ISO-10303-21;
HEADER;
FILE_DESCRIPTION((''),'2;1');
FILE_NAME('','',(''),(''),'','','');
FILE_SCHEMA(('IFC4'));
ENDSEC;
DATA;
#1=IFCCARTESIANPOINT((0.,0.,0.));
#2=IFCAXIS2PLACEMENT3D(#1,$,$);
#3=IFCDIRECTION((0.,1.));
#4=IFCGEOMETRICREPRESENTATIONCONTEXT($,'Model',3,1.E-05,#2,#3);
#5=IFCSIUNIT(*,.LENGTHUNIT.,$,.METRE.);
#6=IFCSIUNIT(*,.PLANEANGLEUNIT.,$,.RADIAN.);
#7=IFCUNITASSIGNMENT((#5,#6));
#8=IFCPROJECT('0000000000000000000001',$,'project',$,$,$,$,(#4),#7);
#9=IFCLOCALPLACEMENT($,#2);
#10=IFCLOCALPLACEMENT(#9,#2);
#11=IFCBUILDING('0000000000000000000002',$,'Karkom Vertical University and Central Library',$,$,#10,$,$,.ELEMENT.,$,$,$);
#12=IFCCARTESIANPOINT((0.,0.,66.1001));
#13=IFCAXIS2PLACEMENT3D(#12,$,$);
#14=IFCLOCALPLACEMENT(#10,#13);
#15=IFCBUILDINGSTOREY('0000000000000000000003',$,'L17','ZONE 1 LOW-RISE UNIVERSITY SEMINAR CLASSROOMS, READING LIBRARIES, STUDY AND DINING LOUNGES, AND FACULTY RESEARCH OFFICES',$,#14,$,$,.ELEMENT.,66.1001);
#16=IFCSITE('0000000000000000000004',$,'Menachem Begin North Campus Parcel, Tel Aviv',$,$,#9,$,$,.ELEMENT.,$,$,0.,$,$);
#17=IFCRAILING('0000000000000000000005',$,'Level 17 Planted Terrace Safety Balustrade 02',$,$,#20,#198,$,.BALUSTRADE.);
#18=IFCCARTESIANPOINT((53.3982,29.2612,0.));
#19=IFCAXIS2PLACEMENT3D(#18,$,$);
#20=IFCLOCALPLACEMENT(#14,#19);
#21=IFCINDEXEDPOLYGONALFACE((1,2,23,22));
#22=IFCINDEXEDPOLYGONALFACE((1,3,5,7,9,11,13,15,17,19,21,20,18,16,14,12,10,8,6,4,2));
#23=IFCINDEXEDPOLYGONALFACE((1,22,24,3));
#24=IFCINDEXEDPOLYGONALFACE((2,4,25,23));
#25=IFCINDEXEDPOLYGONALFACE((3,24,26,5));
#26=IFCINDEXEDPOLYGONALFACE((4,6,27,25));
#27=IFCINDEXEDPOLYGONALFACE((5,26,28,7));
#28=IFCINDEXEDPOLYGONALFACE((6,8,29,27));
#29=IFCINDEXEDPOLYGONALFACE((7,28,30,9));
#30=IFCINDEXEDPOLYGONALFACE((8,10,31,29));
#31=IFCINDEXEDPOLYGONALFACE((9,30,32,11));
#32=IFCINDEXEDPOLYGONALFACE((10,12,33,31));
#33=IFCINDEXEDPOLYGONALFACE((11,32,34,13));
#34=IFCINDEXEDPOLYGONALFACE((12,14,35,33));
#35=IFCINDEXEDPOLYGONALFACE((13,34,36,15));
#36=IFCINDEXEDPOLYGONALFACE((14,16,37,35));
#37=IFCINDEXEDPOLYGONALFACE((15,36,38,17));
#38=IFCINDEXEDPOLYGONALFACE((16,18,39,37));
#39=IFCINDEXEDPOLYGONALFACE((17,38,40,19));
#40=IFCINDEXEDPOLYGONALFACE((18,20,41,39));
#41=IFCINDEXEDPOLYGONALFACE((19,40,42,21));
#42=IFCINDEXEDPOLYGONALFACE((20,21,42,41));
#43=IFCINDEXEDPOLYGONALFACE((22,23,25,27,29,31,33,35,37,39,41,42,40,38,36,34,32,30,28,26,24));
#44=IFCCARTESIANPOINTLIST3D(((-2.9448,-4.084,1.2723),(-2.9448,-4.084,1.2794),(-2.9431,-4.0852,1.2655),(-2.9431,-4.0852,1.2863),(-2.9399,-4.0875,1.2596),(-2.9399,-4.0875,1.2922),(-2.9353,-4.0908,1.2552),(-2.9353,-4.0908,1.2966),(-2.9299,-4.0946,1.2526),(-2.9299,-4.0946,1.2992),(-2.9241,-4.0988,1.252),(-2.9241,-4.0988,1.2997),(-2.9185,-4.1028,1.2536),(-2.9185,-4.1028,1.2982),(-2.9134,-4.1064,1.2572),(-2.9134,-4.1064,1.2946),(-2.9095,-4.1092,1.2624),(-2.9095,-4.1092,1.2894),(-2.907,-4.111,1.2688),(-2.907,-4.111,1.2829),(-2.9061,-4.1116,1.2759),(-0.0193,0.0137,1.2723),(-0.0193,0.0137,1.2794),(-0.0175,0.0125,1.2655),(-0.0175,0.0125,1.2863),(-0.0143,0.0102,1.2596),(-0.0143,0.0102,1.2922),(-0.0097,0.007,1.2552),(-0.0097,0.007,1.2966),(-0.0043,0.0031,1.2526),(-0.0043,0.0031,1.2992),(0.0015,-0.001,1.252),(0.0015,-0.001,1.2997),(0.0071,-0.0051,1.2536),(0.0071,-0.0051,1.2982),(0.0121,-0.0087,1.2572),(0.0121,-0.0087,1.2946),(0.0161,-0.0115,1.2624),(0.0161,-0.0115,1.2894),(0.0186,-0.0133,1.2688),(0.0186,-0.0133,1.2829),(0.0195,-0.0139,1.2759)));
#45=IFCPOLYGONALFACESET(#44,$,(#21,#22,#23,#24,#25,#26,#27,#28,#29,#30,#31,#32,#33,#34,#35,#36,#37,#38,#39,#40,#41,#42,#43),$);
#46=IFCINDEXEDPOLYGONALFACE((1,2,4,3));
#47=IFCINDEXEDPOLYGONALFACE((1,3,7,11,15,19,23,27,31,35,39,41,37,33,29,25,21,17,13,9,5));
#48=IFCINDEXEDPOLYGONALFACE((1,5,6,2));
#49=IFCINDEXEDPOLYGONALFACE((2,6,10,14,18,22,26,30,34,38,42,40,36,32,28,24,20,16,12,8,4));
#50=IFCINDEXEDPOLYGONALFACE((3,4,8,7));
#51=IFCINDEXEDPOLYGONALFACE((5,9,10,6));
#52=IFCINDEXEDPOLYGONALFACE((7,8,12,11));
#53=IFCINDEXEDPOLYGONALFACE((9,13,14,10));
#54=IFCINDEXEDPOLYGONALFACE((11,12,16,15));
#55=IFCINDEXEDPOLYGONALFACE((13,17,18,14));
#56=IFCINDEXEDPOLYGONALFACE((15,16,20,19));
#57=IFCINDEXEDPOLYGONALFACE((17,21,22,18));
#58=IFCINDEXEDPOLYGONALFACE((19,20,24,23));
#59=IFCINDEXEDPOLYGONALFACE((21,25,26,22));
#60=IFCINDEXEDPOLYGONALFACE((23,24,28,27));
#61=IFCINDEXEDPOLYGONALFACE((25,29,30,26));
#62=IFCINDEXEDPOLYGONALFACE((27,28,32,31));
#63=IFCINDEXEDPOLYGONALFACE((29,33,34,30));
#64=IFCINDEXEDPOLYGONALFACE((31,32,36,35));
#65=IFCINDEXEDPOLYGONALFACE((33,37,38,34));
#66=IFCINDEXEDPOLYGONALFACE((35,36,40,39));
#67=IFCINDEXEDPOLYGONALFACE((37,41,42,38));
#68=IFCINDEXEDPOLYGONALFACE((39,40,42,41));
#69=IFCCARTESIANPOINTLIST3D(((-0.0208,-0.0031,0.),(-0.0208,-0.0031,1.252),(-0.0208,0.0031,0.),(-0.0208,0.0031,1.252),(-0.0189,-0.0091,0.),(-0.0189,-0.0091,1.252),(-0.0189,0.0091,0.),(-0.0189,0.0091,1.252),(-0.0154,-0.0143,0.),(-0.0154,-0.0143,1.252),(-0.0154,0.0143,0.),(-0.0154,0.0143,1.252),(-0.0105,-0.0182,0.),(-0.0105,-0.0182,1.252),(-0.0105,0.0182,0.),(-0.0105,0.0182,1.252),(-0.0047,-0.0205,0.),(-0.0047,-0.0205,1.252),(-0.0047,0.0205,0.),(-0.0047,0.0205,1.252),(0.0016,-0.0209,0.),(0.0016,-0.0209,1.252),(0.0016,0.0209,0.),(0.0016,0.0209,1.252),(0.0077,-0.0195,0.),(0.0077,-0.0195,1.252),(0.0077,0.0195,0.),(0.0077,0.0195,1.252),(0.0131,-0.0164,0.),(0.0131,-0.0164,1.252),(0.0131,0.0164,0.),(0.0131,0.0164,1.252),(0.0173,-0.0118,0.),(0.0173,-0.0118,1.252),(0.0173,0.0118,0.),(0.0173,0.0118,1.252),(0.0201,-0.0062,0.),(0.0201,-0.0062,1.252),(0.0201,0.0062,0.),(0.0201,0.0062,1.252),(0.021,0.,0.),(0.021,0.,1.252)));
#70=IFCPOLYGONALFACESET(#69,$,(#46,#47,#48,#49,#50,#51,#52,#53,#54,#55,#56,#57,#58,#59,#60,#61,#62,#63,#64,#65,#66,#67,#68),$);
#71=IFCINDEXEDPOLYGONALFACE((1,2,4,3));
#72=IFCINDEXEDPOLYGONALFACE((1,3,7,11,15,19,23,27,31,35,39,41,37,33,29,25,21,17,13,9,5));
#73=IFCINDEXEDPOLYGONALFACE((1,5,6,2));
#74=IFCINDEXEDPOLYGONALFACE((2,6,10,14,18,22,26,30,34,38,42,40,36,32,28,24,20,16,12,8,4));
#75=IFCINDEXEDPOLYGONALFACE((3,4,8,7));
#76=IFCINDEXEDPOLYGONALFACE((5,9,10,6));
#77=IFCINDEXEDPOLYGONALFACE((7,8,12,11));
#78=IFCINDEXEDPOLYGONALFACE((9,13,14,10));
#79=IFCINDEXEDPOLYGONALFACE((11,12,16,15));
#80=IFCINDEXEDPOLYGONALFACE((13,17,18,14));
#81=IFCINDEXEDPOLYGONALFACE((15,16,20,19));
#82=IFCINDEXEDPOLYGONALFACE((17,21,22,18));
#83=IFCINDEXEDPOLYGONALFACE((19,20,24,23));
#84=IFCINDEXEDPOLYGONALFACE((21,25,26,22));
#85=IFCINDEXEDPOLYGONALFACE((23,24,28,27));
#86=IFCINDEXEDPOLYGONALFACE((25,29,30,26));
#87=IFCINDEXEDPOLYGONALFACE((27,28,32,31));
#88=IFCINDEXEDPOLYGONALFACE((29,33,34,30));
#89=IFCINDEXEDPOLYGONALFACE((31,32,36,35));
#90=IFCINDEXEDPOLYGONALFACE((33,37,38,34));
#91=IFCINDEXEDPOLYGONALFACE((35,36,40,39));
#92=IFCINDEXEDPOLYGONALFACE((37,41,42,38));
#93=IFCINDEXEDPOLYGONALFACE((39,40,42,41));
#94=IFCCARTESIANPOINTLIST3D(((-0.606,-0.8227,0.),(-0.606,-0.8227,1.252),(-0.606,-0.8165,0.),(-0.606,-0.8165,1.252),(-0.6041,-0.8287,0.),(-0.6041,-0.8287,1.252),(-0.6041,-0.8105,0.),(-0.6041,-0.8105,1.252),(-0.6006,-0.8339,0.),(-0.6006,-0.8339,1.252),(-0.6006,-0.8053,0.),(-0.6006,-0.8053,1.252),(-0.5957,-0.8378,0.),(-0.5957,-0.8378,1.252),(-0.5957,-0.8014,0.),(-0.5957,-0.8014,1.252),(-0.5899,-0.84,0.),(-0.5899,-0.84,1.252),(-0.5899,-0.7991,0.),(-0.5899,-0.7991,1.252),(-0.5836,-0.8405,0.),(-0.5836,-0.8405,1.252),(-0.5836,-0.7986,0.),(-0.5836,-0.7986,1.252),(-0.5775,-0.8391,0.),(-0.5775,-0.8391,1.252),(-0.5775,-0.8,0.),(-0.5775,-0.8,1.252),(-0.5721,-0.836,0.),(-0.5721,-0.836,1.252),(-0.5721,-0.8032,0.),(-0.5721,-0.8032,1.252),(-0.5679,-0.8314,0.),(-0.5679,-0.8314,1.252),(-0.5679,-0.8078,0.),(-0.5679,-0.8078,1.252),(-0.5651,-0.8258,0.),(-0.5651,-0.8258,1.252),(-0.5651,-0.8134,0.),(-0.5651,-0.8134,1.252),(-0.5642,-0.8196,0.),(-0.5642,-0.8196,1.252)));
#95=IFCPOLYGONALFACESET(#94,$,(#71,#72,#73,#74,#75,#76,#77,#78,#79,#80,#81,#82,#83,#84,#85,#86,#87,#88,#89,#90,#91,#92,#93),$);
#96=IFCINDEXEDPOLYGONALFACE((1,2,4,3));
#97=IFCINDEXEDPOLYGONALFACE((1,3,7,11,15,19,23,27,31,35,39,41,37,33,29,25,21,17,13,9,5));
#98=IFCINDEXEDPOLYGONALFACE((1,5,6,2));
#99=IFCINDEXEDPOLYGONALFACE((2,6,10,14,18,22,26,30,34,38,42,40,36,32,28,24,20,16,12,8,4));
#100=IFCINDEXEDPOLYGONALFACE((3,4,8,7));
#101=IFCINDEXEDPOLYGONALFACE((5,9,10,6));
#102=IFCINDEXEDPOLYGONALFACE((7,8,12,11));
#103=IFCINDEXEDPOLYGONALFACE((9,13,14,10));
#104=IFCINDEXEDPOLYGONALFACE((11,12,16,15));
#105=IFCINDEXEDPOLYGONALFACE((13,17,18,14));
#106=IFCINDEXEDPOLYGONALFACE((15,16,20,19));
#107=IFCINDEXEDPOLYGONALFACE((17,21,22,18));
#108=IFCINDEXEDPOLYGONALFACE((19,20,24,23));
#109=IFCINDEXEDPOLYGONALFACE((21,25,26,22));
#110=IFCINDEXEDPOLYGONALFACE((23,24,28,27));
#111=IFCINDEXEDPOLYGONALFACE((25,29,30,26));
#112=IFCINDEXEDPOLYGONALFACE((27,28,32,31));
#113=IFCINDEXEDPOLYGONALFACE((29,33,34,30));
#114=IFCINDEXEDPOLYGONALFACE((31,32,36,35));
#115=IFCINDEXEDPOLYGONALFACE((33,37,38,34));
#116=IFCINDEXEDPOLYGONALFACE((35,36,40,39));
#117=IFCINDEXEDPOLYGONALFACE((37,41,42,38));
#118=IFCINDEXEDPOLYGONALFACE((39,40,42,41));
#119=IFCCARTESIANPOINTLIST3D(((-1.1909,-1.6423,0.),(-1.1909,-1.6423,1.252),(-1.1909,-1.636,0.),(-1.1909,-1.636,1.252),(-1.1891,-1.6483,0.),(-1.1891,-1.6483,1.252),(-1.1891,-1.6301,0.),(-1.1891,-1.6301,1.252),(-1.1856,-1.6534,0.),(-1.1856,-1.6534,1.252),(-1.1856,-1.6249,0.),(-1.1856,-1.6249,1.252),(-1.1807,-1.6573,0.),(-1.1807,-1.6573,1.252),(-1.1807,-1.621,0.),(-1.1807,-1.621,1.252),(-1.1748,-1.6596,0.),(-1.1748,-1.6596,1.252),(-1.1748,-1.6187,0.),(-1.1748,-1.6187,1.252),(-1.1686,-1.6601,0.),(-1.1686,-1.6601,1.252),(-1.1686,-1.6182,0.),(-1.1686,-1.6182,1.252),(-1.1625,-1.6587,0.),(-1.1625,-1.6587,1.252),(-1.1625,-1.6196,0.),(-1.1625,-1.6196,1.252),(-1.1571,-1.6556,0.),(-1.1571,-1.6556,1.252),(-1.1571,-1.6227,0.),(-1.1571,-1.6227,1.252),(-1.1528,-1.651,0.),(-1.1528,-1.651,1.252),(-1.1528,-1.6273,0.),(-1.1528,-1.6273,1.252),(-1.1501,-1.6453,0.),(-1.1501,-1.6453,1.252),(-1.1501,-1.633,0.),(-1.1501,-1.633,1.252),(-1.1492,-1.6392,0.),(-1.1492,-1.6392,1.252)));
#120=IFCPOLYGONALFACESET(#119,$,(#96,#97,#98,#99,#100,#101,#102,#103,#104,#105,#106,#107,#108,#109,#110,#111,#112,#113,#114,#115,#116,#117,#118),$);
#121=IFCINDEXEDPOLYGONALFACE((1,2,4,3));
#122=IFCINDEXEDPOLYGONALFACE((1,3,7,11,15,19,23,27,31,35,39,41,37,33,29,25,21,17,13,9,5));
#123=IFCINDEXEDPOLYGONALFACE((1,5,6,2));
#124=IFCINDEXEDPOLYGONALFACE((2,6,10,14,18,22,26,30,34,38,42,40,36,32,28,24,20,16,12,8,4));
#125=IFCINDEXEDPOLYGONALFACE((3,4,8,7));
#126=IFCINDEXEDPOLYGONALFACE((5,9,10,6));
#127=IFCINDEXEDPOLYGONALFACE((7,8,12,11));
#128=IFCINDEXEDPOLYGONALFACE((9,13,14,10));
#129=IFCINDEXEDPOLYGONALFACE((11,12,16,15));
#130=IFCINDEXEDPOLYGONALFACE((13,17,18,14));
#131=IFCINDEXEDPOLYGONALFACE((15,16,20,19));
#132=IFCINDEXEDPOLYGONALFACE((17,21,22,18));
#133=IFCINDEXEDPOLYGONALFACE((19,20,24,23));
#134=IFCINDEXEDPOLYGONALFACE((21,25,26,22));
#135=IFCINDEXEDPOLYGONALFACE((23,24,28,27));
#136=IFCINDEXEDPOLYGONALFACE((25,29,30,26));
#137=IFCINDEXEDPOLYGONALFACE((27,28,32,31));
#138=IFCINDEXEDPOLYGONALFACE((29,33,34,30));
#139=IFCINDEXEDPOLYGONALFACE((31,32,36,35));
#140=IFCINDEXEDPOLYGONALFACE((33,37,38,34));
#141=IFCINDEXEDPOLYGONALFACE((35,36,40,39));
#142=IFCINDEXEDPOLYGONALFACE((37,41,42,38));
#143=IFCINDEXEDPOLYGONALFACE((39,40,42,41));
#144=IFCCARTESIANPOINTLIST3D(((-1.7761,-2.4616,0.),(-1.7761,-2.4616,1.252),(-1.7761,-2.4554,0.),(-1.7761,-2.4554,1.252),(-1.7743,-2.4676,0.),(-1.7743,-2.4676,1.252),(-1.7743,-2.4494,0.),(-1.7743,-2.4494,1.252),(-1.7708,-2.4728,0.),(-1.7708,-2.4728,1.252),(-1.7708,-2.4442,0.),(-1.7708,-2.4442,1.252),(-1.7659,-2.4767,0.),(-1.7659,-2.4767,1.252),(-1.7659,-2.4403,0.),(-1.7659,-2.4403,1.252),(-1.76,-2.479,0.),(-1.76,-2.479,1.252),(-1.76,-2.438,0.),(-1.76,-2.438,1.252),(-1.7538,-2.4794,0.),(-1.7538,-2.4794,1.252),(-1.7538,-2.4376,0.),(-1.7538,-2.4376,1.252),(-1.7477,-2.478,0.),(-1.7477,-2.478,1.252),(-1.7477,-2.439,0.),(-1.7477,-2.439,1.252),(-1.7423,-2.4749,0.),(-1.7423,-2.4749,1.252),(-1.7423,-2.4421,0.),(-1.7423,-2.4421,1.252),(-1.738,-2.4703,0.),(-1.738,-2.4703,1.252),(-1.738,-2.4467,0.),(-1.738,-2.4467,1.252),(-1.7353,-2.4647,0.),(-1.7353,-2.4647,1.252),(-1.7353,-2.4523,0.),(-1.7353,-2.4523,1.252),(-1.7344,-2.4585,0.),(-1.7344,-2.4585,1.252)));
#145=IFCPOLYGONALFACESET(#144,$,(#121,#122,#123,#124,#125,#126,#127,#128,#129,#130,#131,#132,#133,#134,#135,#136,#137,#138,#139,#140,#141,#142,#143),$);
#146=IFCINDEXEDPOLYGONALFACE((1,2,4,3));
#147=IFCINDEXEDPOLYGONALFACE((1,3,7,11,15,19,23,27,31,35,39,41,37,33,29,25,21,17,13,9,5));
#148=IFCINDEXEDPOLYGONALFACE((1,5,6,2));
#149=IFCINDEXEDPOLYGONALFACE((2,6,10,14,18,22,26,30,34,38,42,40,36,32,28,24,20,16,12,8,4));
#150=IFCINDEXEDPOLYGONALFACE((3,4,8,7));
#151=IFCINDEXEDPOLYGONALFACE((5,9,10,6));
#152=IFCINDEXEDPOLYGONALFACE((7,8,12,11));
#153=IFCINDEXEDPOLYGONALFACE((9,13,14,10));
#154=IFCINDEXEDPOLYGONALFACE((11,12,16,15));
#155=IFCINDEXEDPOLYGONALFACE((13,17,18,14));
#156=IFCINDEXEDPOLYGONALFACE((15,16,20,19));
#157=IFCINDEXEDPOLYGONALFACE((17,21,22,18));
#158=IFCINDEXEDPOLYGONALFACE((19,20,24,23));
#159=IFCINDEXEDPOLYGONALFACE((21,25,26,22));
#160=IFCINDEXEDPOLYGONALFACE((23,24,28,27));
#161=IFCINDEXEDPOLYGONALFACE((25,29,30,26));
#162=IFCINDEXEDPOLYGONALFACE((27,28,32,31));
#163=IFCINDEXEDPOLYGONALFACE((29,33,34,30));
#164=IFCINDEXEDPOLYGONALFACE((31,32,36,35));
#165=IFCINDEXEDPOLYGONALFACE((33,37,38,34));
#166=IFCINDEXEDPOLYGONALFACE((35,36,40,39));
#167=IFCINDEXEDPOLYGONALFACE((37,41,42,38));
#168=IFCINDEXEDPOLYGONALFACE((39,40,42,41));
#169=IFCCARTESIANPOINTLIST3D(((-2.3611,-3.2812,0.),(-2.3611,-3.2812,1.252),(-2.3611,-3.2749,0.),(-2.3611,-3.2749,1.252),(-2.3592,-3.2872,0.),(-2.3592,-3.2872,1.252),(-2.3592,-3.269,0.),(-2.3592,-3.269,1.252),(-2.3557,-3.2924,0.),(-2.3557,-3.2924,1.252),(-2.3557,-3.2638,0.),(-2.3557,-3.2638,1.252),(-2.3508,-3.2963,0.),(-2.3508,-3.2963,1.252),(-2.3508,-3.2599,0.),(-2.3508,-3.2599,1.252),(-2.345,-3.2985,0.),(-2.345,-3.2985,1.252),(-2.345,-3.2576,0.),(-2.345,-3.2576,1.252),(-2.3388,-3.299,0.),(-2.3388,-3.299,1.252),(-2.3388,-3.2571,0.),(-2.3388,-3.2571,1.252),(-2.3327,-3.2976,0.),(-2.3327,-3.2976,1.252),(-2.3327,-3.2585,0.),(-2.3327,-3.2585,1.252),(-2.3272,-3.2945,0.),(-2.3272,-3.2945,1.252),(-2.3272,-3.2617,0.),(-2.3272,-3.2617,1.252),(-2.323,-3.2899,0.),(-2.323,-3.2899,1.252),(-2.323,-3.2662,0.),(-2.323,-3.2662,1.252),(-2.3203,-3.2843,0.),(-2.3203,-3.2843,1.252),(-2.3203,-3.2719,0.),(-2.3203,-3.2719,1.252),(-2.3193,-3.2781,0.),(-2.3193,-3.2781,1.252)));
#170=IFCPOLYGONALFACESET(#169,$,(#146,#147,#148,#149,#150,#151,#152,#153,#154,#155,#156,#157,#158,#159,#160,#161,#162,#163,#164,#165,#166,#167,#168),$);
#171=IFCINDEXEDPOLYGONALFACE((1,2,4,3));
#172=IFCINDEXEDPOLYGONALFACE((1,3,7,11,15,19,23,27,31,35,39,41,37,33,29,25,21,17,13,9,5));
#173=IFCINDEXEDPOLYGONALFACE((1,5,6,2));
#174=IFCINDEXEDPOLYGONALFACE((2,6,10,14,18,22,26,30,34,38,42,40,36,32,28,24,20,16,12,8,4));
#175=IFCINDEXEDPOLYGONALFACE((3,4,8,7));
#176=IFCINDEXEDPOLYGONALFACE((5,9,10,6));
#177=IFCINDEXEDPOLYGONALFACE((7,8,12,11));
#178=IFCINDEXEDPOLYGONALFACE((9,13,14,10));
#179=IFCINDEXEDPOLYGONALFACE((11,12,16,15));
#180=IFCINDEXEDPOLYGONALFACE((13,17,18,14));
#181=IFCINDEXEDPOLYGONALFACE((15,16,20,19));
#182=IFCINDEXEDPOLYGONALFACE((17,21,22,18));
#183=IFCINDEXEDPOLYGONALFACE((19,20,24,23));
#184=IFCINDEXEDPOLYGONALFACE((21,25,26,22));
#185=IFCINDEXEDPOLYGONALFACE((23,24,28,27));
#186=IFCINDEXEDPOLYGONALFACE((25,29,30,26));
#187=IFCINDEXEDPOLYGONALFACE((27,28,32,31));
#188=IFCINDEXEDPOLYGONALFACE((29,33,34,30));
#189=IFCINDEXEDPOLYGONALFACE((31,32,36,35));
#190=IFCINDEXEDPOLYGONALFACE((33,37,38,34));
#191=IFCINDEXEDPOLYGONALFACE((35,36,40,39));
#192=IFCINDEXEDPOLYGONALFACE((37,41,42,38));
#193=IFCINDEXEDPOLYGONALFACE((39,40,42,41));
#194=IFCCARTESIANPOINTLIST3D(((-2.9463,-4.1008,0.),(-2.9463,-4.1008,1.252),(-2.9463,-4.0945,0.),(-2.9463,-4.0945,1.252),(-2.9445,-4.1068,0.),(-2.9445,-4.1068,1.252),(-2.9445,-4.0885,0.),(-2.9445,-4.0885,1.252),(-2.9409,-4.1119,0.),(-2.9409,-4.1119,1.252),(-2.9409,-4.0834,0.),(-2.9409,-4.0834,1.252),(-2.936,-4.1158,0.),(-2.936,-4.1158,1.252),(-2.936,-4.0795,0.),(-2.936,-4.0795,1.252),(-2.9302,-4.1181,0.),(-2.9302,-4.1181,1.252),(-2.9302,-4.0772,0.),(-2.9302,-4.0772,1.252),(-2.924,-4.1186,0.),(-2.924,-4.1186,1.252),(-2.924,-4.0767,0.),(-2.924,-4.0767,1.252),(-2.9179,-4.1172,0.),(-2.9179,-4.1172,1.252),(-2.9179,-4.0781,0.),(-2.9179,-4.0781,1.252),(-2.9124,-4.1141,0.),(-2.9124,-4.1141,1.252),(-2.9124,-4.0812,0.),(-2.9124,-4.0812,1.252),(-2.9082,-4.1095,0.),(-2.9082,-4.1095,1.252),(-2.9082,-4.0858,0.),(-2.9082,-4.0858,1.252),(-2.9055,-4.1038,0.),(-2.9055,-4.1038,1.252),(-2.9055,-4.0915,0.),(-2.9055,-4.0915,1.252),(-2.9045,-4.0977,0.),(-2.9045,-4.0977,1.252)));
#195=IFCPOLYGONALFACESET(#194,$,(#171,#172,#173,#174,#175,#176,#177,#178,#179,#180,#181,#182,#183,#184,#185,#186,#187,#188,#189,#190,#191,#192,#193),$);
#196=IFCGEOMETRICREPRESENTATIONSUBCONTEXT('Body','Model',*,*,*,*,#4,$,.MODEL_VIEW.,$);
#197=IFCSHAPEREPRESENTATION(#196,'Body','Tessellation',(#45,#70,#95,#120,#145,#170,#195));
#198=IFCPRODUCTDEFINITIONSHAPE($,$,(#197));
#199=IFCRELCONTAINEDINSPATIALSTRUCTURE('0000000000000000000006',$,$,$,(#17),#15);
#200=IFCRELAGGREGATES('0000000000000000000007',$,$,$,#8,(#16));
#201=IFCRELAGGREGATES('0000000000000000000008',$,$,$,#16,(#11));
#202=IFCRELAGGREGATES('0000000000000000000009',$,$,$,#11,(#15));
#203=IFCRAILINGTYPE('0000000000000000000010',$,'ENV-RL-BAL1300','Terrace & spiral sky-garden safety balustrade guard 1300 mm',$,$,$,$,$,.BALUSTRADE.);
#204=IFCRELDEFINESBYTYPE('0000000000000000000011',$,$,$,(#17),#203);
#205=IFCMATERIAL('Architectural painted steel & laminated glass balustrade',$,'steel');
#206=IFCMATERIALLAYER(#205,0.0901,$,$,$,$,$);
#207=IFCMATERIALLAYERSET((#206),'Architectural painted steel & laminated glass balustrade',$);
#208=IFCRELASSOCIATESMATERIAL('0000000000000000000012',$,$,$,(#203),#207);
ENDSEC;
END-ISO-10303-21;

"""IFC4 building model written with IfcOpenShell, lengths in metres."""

from ifc_helpers import new_model, si_unit, direction, frame, origin, origin_2d, place, context, subcontext, project, spatial, circle, extrude, material, layer, layer_set, type_object, element, save


model = new_model("IFC4")

# Units and contexts
model_context = context("Model", 3, precision=1e-05, world=origin(), true_north=direction((0.0, 1.0)))
body_context = subcontext(model_context, "Body", "Model", "MODEL_VIEW")
ifc_project = project(units=[si_unit("LENGTHUNIT", "METRE"), si_unit("PLANEANGLEUNIT", "RADIAN")], contexts=[model_context])

# Site, building, storey
site_placement = place(None, origin())
site = spatial("IfcSite", under=ifc_project, at=site_placement, Name="Menachem Begin North Campus Parcel, Tel Aviv", CompositionType="ELEMENT", RefElevation=0.0)
building_placement = place(site_placement, origin())
building = spatial("IfcBuilding", under=site, at=building_placement, Name="Karkom Vertical University and Central Library", CompositionType="ELEMENT")
storey_placement = place(building_placement, frame((0.0, 0.0, 66.1001)))
storey = spatial("IfcBuildingStorey", under=building, at=storey_placement, Name="L17", Description="ZONE 1 LOW-RISE UNIVERSITY SEMINAR CLASSROOMS, READING LIBRARIES, STUDY AND DINING LOUNGES, AND FACULTY RESEARCH OFFICES", CompositionType="ELEMENT", Elevation=66.1001)

# Railing
ifc_material_1 = material(Name="Architectural painted steel & laminated glass balustrade", Category="steel")
ifc_layer_1 = layer(ifc_material_1, 0.0901)
ifc_layer_set_1 = layer_set([ifc_layer_1], Name="Architectural painted steel & laminated glass balustrade")
railing_type = type_object("IfcRailingType", Name="ENV-RL-BAL1300", Description="Terrace & spiral sky-garden safety balustrade guard 1300 mm", PredefinedType="BALUSTRADE", material=ifc_layer_set_1)
railing_1_placement = place(storey_placement, frame((53.3982, 29.2612, 0.0)))
element("IfcRailing", 1, at=railing_1_placement, inside=storey, type_object=railing_type, Name="Level 17 Planted Terrace Safety Balustrade 02", PredefinedType="BALUSTRADE", context=body_context, shape_type="SweptSolid", body=[
    extrude(circle(Radius=0.0239, at=origin_2d()), frame((0.0, 0.0, 1.2759), z_axis=(-0.581059, -0.813861, 0.0), x_axis=(0.813861, -0.581059, 0.0)), (0.0, 0.0, 1.0), 5.0349),
    extrude(circle(Radius=0.021, at=origin_2d()), origin(), (0.0, 0.0, 1.0), 1.252),
    extrude(circle(Radius=0.021, at=origin_2d()), frame((-0.5852, -0.8196, 0.0)), (0.0, 0.0, 1.0), 1.252),
    extrude(circle(Radius=0.021, at=origin_2d()), frame((-1.1702, -1.6392, 0.0)), (0.0, 0.0, 1.0), 1.252),
    extrude(circle(Radius=0.021, at=origin_2d()), frame((-1.7554, -2.4585, 0.0)), (0.0, 0.0, 1.0), 1.252),
    extrude(circle(Radius=0.021, at=origin_2d()), frame((-2.3403, -3.2781, 0.0)), (0.0, 0.0, 1.0), 1.252),
    extrude(circle(Radius=0.021, at=origin_2d()), frame((-2.9255, -4.0977, 0.0)), (0.0, 0.0, 1.0), 1.252),
])

save(model, "model.ifc")
